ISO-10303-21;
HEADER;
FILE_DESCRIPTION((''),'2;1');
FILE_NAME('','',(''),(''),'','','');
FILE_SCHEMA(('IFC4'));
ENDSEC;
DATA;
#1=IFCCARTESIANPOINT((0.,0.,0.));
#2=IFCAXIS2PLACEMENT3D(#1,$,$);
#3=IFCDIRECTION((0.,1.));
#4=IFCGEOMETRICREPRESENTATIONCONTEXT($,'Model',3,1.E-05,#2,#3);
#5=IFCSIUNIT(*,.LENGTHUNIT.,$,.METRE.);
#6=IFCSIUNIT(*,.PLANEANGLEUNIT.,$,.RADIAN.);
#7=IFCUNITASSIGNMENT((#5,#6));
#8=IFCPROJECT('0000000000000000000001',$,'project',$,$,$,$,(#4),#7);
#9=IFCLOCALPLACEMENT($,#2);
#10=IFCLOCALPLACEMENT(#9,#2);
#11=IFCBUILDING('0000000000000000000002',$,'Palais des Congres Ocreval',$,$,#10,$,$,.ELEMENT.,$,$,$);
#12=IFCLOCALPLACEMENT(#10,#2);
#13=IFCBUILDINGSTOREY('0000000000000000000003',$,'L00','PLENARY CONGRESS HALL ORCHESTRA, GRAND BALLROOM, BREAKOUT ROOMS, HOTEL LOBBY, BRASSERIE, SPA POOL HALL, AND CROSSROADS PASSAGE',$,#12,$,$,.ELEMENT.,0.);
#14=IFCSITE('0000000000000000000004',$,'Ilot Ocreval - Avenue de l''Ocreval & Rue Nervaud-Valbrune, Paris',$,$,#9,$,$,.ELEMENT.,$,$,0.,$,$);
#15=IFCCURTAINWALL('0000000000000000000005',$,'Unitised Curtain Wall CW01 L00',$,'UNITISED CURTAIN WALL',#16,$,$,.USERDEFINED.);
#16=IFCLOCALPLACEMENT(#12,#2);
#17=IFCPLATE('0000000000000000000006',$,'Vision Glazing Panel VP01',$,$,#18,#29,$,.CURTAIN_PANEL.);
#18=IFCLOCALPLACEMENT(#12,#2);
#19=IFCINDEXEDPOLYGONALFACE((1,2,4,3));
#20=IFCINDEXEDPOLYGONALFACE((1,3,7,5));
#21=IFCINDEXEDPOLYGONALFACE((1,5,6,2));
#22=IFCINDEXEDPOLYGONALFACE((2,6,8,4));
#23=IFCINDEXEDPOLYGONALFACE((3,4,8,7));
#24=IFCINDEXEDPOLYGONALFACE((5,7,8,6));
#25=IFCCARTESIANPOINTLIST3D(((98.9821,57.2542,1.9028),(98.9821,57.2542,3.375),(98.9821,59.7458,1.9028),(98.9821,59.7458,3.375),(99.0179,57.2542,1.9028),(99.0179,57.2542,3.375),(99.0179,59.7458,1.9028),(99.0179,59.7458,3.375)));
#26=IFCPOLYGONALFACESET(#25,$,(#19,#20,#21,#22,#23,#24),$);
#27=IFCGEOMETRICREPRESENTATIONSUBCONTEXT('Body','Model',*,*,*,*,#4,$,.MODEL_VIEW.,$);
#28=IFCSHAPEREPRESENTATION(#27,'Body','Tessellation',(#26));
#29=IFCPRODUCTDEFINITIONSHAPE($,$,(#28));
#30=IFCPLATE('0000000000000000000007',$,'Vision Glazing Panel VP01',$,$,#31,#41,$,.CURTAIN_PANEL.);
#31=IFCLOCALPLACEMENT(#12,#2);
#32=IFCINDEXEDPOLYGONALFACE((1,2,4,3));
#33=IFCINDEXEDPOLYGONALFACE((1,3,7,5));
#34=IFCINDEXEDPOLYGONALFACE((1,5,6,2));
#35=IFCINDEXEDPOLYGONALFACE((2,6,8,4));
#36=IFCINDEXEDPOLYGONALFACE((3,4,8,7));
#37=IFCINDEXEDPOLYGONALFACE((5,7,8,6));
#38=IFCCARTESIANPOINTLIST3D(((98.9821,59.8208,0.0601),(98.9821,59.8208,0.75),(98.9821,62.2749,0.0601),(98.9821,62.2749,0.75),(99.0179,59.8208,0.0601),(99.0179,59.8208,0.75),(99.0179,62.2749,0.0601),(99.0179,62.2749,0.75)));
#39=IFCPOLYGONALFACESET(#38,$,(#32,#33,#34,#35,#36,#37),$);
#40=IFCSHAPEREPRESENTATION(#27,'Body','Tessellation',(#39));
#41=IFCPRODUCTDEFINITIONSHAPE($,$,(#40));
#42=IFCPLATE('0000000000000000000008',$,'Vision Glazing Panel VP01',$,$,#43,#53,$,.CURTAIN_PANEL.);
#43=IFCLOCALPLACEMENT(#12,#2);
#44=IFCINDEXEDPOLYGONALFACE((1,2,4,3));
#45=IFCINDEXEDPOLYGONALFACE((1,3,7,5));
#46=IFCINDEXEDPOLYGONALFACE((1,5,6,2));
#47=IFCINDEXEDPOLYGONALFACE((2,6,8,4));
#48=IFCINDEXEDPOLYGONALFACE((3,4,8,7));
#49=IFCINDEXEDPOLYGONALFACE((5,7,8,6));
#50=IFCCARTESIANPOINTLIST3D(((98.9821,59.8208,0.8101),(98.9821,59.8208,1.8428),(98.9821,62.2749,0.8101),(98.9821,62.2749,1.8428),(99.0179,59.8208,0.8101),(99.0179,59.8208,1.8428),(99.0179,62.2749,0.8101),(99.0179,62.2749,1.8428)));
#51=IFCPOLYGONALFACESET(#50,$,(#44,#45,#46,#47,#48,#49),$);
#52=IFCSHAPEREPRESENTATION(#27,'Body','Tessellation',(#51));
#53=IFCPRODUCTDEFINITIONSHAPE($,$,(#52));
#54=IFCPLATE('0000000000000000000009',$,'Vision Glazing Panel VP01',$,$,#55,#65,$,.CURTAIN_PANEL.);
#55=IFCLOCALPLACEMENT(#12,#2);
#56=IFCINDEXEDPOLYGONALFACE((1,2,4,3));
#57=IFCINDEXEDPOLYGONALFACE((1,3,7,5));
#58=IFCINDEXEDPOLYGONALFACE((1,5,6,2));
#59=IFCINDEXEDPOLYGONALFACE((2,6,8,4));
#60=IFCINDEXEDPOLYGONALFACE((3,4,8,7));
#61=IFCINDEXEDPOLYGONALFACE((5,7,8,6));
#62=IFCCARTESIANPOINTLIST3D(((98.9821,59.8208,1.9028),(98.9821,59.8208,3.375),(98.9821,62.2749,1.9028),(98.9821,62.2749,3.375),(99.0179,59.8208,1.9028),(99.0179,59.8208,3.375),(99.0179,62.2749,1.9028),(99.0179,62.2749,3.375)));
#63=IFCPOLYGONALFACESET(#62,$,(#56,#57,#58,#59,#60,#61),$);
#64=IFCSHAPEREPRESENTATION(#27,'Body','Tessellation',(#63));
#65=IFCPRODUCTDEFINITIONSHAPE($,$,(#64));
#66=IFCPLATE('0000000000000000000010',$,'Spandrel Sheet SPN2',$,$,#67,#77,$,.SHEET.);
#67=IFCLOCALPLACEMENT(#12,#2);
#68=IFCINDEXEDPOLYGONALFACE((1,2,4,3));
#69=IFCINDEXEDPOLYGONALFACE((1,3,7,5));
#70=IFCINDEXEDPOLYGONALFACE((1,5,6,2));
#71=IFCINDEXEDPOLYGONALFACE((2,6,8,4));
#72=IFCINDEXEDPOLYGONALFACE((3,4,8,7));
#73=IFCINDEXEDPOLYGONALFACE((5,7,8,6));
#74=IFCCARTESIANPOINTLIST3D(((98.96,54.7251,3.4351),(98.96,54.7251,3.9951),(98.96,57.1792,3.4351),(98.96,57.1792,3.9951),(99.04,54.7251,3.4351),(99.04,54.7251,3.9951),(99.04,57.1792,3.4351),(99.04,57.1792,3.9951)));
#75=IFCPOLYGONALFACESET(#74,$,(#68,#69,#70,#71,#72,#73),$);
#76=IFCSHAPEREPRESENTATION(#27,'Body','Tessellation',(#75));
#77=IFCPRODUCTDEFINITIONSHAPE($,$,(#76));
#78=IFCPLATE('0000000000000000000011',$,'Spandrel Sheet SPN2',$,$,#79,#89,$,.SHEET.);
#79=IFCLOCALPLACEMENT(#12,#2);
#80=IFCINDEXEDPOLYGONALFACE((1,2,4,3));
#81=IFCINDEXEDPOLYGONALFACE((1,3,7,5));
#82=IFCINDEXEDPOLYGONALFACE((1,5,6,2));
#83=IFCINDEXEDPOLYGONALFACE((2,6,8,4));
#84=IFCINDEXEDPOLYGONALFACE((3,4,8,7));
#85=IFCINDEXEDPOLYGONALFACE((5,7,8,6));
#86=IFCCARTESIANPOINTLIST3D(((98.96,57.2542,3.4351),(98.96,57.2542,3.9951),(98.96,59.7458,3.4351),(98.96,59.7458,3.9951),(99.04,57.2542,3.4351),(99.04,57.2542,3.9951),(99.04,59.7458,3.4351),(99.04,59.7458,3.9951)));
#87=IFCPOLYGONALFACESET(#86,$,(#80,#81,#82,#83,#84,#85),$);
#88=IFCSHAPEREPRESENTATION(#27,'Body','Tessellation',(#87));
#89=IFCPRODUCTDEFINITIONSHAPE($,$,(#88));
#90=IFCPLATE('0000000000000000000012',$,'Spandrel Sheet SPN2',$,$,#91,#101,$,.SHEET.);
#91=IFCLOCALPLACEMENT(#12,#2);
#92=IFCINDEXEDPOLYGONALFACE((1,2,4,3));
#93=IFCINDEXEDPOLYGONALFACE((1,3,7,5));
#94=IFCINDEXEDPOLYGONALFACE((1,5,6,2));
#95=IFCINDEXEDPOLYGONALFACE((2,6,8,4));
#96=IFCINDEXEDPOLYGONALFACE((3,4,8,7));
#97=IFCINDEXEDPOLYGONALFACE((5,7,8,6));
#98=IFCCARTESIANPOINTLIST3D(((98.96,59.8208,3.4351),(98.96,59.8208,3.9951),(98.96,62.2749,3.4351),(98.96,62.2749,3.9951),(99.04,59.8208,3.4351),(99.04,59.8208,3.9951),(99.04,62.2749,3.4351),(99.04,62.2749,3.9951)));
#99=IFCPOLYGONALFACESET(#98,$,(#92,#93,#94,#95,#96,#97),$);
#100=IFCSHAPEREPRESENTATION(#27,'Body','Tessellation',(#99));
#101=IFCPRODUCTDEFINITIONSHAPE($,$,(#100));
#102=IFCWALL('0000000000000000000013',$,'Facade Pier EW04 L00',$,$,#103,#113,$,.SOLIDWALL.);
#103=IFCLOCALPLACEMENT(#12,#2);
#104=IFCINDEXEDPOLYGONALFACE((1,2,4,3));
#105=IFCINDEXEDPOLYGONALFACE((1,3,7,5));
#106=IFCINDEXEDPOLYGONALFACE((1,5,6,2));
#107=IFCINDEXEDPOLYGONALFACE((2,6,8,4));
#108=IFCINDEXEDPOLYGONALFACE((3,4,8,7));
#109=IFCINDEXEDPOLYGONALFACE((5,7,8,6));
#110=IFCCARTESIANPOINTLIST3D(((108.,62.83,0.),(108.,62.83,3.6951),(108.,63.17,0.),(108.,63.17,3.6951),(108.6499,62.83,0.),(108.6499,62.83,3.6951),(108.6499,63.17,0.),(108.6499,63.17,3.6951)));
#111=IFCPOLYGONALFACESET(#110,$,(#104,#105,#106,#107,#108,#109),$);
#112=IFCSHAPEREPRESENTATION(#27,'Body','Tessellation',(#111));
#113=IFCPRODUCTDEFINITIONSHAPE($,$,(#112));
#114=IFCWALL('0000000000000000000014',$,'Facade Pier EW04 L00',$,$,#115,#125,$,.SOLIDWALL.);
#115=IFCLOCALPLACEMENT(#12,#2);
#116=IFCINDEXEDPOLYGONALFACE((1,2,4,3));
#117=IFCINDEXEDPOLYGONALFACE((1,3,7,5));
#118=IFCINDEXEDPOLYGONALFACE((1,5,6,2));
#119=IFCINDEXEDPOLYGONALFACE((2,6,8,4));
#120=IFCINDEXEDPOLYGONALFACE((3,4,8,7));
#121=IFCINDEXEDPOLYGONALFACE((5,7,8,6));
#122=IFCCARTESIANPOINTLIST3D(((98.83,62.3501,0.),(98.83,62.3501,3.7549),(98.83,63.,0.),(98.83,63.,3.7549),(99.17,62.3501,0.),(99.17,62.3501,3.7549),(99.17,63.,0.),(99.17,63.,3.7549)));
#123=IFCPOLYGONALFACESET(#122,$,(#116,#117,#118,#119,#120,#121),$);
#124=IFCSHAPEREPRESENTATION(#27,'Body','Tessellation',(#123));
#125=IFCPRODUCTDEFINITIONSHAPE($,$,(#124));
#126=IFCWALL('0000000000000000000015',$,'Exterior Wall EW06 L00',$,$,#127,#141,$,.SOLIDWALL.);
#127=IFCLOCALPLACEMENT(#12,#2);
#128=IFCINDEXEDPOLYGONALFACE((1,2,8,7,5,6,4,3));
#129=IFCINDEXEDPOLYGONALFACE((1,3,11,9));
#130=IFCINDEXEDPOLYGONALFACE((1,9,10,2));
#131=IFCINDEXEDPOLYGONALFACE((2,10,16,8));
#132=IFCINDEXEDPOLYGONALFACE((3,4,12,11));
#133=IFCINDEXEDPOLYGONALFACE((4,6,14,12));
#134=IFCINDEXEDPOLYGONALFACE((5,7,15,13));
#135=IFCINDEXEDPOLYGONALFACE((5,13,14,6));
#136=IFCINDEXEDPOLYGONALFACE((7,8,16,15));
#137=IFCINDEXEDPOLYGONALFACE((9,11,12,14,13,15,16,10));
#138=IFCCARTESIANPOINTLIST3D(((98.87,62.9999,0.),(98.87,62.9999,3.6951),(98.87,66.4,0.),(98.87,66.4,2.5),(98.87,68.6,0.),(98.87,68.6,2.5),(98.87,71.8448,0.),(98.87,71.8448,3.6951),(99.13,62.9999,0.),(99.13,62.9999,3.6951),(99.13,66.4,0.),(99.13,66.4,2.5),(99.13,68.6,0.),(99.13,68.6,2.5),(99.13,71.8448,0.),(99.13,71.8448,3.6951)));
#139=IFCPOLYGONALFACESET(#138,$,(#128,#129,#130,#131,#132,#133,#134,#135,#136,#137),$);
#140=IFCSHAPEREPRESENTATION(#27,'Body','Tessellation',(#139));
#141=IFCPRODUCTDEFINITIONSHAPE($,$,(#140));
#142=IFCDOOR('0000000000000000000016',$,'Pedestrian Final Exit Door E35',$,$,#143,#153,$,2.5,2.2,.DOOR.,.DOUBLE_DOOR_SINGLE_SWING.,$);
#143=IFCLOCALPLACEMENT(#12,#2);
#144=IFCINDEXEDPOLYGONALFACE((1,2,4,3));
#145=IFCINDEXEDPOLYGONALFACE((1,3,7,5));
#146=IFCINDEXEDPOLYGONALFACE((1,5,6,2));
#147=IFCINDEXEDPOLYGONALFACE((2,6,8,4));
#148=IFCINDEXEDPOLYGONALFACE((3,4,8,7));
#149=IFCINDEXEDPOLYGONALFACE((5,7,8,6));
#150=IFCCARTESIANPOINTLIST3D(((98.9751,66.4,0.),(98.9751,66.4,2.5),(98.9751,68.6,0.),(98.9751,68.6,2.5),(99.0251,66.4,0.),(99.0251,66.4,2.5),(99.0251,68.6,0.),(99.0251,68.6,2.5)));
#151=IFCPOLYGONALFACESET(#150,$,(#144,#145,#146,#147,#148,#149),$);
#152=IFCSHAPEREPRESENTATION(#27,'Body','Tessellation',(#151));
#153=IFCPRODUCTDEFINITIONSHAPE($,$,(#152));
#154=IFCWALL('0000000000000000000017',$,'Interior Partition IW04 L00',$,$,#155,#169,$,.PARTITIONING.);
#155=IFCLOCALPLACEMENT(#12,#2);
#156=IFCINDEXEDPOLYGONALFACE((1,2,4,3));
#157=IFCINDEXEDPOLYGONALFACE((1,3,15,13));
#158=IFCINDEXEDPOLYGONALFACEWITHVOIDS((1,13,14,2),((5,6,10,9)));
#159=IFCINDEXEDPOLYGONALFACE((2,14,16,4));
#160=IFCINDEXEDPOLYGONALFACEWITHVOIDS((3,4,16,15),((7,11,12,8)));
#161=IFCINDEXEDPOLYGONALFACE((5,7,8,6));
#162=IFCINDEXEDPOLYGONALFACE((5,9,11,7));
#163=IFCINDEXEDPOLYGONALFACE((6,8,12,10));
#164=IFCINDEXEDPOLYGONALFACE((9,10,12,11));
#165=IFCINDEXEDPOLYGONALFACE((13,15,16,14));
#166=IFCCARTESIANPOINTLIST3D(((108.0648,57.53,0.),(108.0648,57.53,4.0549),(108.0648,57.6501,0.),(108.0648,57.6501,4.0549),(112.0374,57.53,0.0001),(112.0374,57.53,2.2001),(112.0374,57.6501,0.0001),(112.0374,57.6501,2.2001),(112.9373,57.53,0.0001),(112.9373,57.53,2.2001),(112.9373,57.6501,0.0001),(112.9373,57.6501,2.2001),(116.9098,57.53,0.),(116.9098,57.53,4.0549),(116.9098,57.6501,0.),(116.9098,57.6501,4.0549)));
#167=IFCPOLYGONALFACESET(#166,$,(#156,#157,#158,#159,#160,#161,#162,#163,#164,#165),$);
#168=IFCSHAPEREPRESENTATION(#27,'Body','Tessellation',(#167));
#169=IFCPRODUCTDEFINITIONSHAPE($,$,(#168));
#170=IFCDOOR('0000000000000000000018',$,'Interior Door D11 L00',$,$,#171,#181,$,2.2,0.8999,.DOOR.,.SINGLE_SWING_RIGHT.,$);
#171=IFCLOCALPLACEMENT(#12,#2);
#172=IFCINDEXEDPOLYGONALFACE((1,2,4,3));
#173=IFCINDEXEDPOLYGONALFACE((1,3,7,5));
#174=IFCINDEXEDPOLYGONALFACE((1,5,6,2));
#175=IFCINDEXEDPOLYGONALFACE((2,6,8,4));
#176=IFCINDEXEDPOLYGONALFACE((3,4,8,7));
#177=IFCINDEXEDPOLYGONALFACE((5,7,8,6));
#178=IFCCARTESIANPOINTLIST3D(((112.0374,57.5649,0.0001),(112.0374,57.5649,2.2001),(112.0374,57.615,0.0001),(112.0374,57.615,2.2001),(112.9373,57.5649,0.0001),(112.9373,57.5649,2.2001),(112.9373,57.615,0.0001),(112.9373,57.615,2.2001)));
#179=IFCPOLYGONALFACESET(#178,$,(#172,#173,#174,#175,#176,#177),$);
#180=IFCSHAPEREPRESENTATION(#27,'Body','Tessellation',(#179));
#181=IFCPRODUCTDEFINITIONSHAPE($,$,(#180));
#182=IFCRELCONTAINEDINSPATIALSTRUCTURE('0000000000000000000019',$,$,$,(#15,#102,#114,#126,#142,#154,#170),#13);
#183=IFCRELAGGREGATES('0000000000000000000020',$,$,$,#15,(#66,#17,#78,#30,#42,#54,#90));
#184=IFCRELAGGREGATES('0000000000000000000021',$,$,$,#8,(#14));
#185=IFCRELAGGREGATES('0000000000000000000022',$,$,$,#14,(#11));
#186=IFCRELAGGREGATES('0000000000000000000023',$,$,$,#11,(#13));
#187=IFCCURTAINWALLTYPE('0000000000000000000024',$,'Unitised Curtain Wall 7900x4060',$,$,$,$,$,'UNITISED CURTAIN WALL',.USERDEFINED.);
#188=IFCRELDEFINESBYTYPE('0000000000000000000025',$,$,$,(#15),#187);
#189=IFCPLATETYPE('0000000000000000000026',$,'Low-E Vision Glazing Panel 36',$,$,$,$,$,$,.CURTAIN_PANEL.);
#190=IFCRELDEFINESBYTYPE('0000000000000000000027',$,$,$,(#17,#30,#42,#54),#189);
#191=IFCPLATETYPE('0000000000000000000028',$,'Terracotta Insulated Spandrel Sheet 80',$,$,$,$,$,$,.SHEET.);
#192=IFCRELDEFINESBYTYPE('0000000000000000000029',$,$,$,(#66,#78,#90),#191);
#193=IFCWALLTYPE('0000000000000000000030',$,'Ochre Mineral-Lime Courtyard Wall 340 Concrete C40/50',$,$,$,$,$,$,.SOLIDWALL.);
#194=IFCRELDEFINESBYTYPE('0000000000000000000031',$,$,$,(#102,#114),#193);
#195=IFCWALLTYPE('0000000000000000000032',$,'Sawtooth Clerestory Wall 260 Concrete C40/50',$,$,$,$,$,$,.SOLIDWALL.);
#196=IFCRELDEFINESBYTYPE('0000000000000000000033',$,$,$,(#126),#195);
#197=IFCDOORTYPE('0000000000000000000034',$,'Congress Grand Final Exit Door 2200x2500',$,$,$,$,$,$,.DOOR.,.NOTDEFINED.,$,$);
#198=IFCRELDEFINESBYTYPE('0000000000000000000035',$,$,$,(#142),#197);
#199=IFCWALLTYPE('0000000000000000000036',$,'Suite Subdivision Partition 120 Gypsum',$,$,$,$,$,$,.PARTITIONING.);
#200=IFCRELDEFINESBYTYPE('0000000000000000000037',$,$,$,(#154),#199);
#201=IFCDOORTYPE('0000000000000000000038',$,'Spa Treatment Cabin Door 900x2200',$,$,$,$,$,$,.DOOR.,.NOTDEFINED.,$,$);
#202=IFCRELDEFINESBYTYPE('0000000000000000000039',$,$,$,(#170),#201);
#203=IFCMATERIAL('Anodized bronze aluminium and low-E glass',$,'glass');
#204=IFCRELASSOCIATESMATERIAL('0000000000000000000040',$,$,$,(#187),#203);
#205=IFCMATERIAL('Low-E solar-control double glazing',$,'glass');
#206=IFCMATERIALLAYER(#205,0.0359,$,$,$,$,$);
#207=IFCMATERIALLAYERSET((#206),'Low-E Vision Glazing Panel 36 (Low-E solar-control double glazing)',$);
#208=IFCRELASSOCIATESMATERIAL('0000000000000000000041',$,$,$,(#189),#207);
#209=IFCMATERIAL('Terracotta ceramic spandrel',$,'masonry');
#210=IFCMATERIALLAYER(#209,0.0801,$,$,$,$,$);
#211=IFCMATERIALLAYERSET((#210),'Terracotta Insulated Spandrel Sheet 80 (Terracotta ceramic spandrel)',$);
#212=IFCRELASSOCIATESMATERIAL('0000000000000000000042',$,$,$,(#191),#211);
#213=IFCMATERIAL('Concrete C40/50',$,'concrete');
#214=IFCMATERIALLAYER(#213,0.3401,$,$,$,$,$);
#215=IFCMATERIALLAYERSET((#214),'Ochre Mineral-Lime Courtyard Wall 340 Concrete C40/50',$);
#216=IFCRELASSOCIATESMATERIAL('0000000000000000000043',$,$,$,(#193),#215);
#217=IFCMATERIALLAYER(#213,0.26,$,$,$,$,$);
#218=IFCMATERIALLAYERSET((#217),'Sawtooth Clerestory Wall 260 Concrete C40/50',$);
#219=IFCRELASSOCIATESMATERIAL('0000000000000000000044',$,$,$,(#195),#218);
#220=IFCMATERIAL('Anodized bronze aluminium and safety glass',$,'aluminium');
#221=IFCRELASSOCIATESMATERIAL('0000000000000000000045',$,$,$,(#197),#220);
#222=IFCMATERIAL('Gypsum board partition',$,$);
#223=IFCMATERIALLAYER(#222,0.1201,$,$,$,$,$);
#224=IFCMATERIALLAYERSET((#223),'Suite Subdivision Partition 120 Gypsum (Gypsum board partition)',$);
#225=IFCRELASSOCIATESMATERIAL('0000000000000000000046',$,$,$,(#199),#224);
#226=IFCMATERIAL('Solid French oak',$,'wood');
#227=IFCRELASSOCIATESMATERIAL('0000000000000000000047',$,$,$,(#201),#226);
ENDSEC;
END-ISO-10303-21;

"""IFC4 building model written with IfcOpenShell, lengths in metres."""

from ifc_helpers import new_model, si_unit, direction, frame, frame_2d, origin, origin_2d, place, context, subcontext, project, spatial, rectangle, extrude, material, layer, layer_set, type_object, element, fill, aggregate, save


model = new_model("IFC4")

# Units and contexts
model_context = context("Model", 3, precision=1e-05, world=origin(), true_north=direction((0.0, 1.0)))
body_context = subcontext(model_context, "Body", "Model", "MODEL_VIEW")
ifc_project = project(units=[si_unit("LENGTHUNIT", "METRE"), si_unit("PLANEANGLEUNIT", "RADIAN")], contexts=[model_context])

# Site, building, storey
site_placement = place(None, origin())
site = spatial("IfcSite", under=ifc_project, at=site_placement, Name="Ilot Ocreval - Avenue de l'Ocreval & Rue Nervaud-Valbrune, Paris", CompositionType="ELEMENT", RefElevation=0.0)
building_placement = place(site_placement, origin())
building = spatial("IfcBuilding", under=site, at=building_placement, Name="Palais des Congres Ocreval", CompositionType="ELEMENT")
storey_placement = place(building_placement, origin())
storey = spatial("IfcBuildingStorey", under=building, at=storey_placement, Name="L00", Description="PLENARY CONGRESS HALL ORCHESTRA, GRAND BALLROOM, BREAKOUT ROOMS, HOTEL LOBBY, BRASSERIE, SPA POOL HALL, AND CROSSROADS PASSAGE", CompositionType="ELEMENT", Elevation=0.0)

# Curtain wall
ifc_material_1 = material(Name="Anodized bronze aluminium and low-E glass", Category="glass")
curtain_wall_type = type_object("IfcCurtainWallType", Name="Unitised Curtain Wall 7900x4060", ElementType="UNITISED CURTAIN WALL", PredefinedType="USERDEFINED", material=ifc_material_1)
curtain_wall_placement = place(storey_placement, origin())
curtain_wall = element("IfcCurtainWall", 1, at=curtain_wall_placement, inside=storey, type_object=curtain_wall_type, Name="Unitised Curtain Wall CW01 L00", ObjectType="UNITISED CURTAIN WALL", PredefinedType="USERDEFINED")

# Plates
ifc_material_2 = material(Name="Low-E solar-control double glazing", Category="glass")
ifc_layer_1 = layer(ifc_material_2, 0.0359)
ifc_layer_set_1 = layer_set([ifc_layer_1], Name="Low-E Vision Glazing Panel 36 (Low-E solar-control double glazing)")
plate_type_1 = type_object("IfcPlateType", Name="Low-E Vision Glazing Panel 36", PredefinedType="CURTAIN_PANEL", material=ifc_layer_set_1)
plate_1_placement = place(storey_placement, frame((99.0, 58.5, 1.9028), z_axis=(0.0, 0.0, 1.0), x_axis=(0.0, 1.0, 0.0)))
plate_1 = element("IfcPlate", 2, at=plate_1_placement, type_object=plate_type_1, Name="Vision Glazing Panel VP01", PredefinedType="CURTAIN_PANEL", context=body_context, shape_type="SweptSolid", body=[
    extrude(rectangle(XDim=2.4917, YDim=0.0359, at=origin_2d()), origin(), (0.0, 0.0, 1.0), 1.4722),
])
plate_2_placement = place(storey_placement, frame((99.0, 61.0479, 0.0601), z_axis=(0.0, 0.0, 1.0), x_axis=(0.0, 1.0, 0.0)))
plate_2 = element("IfcPlate", 3, at=plate_2_placement, type_object=plate_type_1, Name="Vision Glazing Panel VP01", PredefinedType="CURTAIN_PANEL", context=body_context, shape_type="SweptSolid", body=[
    extrude(rectangle(XDim=2.4541, YDim=0.0359, at=origin_2d()), origin(), (0.0, 0.0, 1.0), 0.6899),
])
plate_3_placement = place(storey_placement, frame((99.0, 61.0479, 0.8101), z_axis=(0.0, 0.0, 1.0), x_axis=(0.0, 1.0, 0.0)))
plate_3 = element("IfcPlate", 4, at=plate_3_placement, type_object=plate_type_1, Name="Vision Glazing Panel VP01", PredefinedType="CURTAIN_PANEL", context=body_context, shape_type="SweptSolid", body=[
    extrude(rectangle(XDim=2.4541, YDim=0.0359, at=origin_2d()), origin(), (0.0, 0.0, 1.0), 1.0327),
])
plate_4_placement = place(storey_placement, frame((99.0, 61.0479, 1.9028), z_axis=(0.0, 0.0, 1.0), x_axis=(0.0, 1.0, 0.0)))
plate_4 = element("IfcPlate", 5, at=plate_4_placement, type_object=plate_type_1, Name="Vision Glazing Panel VP01", PredefinedType="CURTAIN_PANEL", context=body_context, shape_type="SweptSolid", body=[
    extrude(rectangle(XDim=2.4541, YDim=0.0359, at=origin_2d()), origin(), (0.0, 0.0, 1.0), 1.4722),
])
ifc_material_3 = material(Name="Terracotta ceramic spandrel", Category="masonry")
ifc_layer_2 = layer(ifc_material_3, 0.0801)
ifc_layer_set_2 = layer_set([ifc_layer_2], Name="Terracotta Insulated Spandrel Sheet 80 (Terracotta ceramic spandrel)")
plate_type_2 = type_object("IfcPlateType", Name="Terracotta Insulated Spandrel Sheet 80", PredefinedType="SHEET", material=ifc_layer_set_2)
plate_5_placement = place(storey_placement, frame((99.0, 55.9521, 3.4351), z_axis=(0.0, 0.0, 1.0), x_axis=(0.0, 1.0, 0.0)))
plate_5 = element("IfcPlate", 6, at=plate_5_placement, type_object=plate_type_2, Name="Spandrel Sheet SPN2", PredefinedType="SHEET", context=body_context, shape_type="SweptSolid", body=[
    extrude(rectangle(XDim=2.4541, YDim=0.0801, at=origin_2d()), origin(), (0.0, 0.0, 1.0), 0.5601),
])
plate_6_placement = place(storey_placement, frame((99.0, 58.5, 3.4351), z_axis=(0.0, 0.0, 1.0), x_axis=(0.0, 1.0, 0.0)))
plate_6 = element("IfcPlate", 7, at=plate_6_placement, type_object=plate_type_2, Name="Spandrel Sheet SPN2", PredefinedType="SHEET", context=body_context, shape_type="SweptSolid", body=[
    extrude(rectangle(XDim=2.4917, YDim=0.0801, at=origin_2d()), origin(), (0.0, 0.0, 1.0), 0.5601),
])
plate_7_placement = place(storey_placement, frame((99.0, 61.0479, 3.4351), z_axis=(0.0, 0.0, 1.0), x_axis=(0.0, 1.0, 0.0)))
plate_7 = element("IfcPlate", 8, at=plate_7_placement, type_object=plate_type_2, Name="Spandrel Sheet SPN2", PredefinedType="SHEET", context=body_context, shape_type="SweptSolid", body=[
    extrude(rectangle(XDim=2.4541, YDim=0.0801, at=origin_2d()), origin(), (0.0, 0.0, 1.0), 0.5601),
])
aggregate(curtain_wall, [plate_5, plate_1, plate_6, plate_2, plate_3, plate_4, plate_7])

# Walls
ifc_material_4 = material(Name="Concrete C40/50", Category="concrete")
ifc_layer_3 = layer(ifc_material_4, 0.3401)
ifc_layer_set_3 = layer_set([ifc_layer_3], Name="Ochre Mineral-Lime Courtyard Wall 340 Concrete C40/50")
wall_type_1 = type_object("IfcWallType", Name="Ochre Mineral-Lime Courtyard Wall 340 Concrete C40/50", PredefinedType="SOLIDWALL", material=ifc_layer_set_3)
wall_1_placement = place(storey_placement, frame((108.0, 63.0, 0.0), z_axis=(0.0, 0.0, 1.0), x_axis=(1.0, 0.0, 0.0)))
element("IfcWall", 9, at=wall_1_placement, inside=storey, type_object=wall_type_1, Name="Facade Pier EW04 L00", PredefinedType="SOLIDWALL", context=body_context, shape_type="SweptSolid", body=[
    extrude(rectangle(XDim=0.6499, YDim=0.3401, at=frame_2d((0.325, 0.0))), origin(), (0.0, 0.0, 1.0), 3.6951),
])
wall_2_placement = place(storey_placement, frame((99.0, 62.3501, 0.0), z_axis=(0.0, 0.0, 1.0), x_axis=(0.0, 1.0, 0.0)))
element("IfcWall", 10, at=wall_2_placement, inside=storey, type_object=wall_type_1, Name="Facade Pier EW04 L00", PredefinedType="SOLIDWALL", context=body_context, shape_type="SweptSolid", body=[
    extrude(rectangle(XDim=0.6499, YDim=0.3401, at=frame_2d((0.325, 0.0))), origin(), (0.0, 0.0, 1.0), 3.7549),
])

# Walls, openings, doors
ifc_layer_4 = layer(ifc_material_4, 0.26)
ifc_layer_set_4 = layer_set([ifc_layer_4], Name="Sawtooth Clerestory Wall 260 Concrete C40/50")
wall_type_2 = type_object("IfcWallType", Name="Sawtooth Clerestory Wall 260 Concrete C40/50", PredefinedType="SOLIDWALL", material=ifc_layer_set_4)
wall_3_placement = place(storey_placement, frame((99.0, 63.0, 0.0), z_axis=(0.0, 0.0, 1.0), x_axis=(0.0, 1.0, 0.0)))
wall_3 = element("IfcWall", 11, at=wall_3_placement, inside=storey, type_object=wall_type_2, Name="Exterior Wall EW06 L00", PredefinedType="SOLIDWALL", context=body_context, shape_type="SweptSolid", body=[
    extrude(rectangle(XDim=8.845, YDim=0.26, at=frame_2d((4.4224, 0.0))), origin(), (0.0, 0.0, 1.0), 3.6951),
])
opening_1_placement = place(wall_3_placement, frame((3.3999, 0.0, 0.0)))
opening_1 = element("IfcOpeningElement", 12, at=opening_1_placement, cuts=wall_3, PredefinedType="OPENING", context=body_context, shape_type="SweptSolid", body=[
    extrude(rectangle(XDim=2.2, YDim=2.5, at=frame_2d((1.1001, 1.25))), frame((0.0, 0.1399, 0.0), z_axis=(0.0, -1.0, 0.0), x_axis=(1.0, 0.0, 0.0)), (0.0, 0.0, 1.0), 0.28),
])
ifc_material_5 = material(Name="Anodized bronze aluminium and safety glass", Category="aluminium")
door_type_1 = type_object("IfcDoorType", Name="Congress Grand Final Exit Door 2200x2500", OperationType="NOTDEFINED", PredefinedType="DOOR", material=ifc_material_5)
door_1_placement = place(opening_1_placement, origin())
door_1 = element("IfcDoor", 13, at=door_1_placement, inside=storey, type_object=door_type_1, Name="Pedestrian Final Exit Door E35", OperationType="DOUBLE_DOOR_SINGLE_SWING", OverallHeight=2.5, OverallWidth=2.2, PredefinedType="DOOR", context=body_context, shape_type="SweptSolid", body=[
    extrude(rectangle(XDim=2.2, YDim=2.5, at=frame_2d((1.1001, 1.25))), frame((0.0, 0.0249, 0.0), z_axis=(0.0, -1.0, 0.0), x_axis=(1.0, 0.0, 0.0)), (0.0, 0.0, 1.0), 0.05),
])
fill(opening_1, door_1)
ifc_material_6 = material(Name="Gypsum board partition")
ifc_layer_5 = layer(ifc_material_6, 0.1201)
ifc_layer_set_5 = layer_set([ifc_layer_5], Name="Suite Subdivision Partition 120 Gypsum (Gypsum board partition)")
wall_type_3 = type_object("IfcWallType", Name="Suite Subdivision Partition 120 Gypsum", PredefinedType="PARTITIONING", material=ifc_layer_set_5)
wall_4_placement = place(storey_placement, frame((108.0649, 57.5901, 0.0), z_axis=(0.0, 0.0, 1.0), x_axis=(1.0, 0.0, 0.0)))
wall_4 = element("IfcWall", 14, at=wall_4_placement, inside=storey, type_object=wall_type_3, Name="Interior Partition IW04 L00", PredefinedType="PARTITIONING", context=body_context, shape_type="SweptSolid", body=[
    extrude(rectangle(XDim=8.845, YDim=0.1201, at=frame_2d((4.4224, 0.0))), origin(), (0.0, 0.0, 1.0), 4.0549),
])
opening_2_placement = place(wall_4_placement, frame((3.9724, 0.0, 0.0)))
opening_2 = element("IfcOpeningElement", 15, at=opening_2_placement, cuts=wall_4, PredefinedType="OPENING", context=body_context, shape_type="SweptSolid", body=[
    extrude(rectangle(XDim=0.8999, YDim=2.2, at=frame_2d((0.45, 1.1001))), frame((0.0, 0.0701, 0.0), z_axis=(0.0, -1.0, 0.0), x_axis=(1.0, 0.0, 0.0)), (0.0, 0.0, 1.0), 0.1401),
])
ifc_material_7 = material(Name="Solid French oak", Category="wood")
door_type_2 = type_object("IfcDoorType", Name="Spa Treatment Cabin Door 900x2200", OperationType="NOTDEFINED", PredefinedType="DOOR", material=ifc_material_7)
door_2_placement = place(opening_2_placement, origin())
door_2 = element("IfcDoor", 16, at=door_2_placement, inside=storey, type_object=door_type_2, Name="Interior Door D11 L00", OperationType="SINGLE_SWING_RIGHT", OverallHeight=2.2, OverallWidth=0.8999, PredefinedType="DOOR", context=body_context, shape_type="SweptSolid", body=[
    extrude(rectangle(XDim=0.8999, YDim=2.2, at=frame_2d((0.45, 1.1001))), frame((0.0, 0.0249, 0.0), z_axis=(0.0, -1.0, 0.0), x_axis=(1.0, 0.0, 0.0)), (0.0, 0.0, 1.0), 0.05),
])
fill(opening_2, door_2)

save(model, "model.ifc")
